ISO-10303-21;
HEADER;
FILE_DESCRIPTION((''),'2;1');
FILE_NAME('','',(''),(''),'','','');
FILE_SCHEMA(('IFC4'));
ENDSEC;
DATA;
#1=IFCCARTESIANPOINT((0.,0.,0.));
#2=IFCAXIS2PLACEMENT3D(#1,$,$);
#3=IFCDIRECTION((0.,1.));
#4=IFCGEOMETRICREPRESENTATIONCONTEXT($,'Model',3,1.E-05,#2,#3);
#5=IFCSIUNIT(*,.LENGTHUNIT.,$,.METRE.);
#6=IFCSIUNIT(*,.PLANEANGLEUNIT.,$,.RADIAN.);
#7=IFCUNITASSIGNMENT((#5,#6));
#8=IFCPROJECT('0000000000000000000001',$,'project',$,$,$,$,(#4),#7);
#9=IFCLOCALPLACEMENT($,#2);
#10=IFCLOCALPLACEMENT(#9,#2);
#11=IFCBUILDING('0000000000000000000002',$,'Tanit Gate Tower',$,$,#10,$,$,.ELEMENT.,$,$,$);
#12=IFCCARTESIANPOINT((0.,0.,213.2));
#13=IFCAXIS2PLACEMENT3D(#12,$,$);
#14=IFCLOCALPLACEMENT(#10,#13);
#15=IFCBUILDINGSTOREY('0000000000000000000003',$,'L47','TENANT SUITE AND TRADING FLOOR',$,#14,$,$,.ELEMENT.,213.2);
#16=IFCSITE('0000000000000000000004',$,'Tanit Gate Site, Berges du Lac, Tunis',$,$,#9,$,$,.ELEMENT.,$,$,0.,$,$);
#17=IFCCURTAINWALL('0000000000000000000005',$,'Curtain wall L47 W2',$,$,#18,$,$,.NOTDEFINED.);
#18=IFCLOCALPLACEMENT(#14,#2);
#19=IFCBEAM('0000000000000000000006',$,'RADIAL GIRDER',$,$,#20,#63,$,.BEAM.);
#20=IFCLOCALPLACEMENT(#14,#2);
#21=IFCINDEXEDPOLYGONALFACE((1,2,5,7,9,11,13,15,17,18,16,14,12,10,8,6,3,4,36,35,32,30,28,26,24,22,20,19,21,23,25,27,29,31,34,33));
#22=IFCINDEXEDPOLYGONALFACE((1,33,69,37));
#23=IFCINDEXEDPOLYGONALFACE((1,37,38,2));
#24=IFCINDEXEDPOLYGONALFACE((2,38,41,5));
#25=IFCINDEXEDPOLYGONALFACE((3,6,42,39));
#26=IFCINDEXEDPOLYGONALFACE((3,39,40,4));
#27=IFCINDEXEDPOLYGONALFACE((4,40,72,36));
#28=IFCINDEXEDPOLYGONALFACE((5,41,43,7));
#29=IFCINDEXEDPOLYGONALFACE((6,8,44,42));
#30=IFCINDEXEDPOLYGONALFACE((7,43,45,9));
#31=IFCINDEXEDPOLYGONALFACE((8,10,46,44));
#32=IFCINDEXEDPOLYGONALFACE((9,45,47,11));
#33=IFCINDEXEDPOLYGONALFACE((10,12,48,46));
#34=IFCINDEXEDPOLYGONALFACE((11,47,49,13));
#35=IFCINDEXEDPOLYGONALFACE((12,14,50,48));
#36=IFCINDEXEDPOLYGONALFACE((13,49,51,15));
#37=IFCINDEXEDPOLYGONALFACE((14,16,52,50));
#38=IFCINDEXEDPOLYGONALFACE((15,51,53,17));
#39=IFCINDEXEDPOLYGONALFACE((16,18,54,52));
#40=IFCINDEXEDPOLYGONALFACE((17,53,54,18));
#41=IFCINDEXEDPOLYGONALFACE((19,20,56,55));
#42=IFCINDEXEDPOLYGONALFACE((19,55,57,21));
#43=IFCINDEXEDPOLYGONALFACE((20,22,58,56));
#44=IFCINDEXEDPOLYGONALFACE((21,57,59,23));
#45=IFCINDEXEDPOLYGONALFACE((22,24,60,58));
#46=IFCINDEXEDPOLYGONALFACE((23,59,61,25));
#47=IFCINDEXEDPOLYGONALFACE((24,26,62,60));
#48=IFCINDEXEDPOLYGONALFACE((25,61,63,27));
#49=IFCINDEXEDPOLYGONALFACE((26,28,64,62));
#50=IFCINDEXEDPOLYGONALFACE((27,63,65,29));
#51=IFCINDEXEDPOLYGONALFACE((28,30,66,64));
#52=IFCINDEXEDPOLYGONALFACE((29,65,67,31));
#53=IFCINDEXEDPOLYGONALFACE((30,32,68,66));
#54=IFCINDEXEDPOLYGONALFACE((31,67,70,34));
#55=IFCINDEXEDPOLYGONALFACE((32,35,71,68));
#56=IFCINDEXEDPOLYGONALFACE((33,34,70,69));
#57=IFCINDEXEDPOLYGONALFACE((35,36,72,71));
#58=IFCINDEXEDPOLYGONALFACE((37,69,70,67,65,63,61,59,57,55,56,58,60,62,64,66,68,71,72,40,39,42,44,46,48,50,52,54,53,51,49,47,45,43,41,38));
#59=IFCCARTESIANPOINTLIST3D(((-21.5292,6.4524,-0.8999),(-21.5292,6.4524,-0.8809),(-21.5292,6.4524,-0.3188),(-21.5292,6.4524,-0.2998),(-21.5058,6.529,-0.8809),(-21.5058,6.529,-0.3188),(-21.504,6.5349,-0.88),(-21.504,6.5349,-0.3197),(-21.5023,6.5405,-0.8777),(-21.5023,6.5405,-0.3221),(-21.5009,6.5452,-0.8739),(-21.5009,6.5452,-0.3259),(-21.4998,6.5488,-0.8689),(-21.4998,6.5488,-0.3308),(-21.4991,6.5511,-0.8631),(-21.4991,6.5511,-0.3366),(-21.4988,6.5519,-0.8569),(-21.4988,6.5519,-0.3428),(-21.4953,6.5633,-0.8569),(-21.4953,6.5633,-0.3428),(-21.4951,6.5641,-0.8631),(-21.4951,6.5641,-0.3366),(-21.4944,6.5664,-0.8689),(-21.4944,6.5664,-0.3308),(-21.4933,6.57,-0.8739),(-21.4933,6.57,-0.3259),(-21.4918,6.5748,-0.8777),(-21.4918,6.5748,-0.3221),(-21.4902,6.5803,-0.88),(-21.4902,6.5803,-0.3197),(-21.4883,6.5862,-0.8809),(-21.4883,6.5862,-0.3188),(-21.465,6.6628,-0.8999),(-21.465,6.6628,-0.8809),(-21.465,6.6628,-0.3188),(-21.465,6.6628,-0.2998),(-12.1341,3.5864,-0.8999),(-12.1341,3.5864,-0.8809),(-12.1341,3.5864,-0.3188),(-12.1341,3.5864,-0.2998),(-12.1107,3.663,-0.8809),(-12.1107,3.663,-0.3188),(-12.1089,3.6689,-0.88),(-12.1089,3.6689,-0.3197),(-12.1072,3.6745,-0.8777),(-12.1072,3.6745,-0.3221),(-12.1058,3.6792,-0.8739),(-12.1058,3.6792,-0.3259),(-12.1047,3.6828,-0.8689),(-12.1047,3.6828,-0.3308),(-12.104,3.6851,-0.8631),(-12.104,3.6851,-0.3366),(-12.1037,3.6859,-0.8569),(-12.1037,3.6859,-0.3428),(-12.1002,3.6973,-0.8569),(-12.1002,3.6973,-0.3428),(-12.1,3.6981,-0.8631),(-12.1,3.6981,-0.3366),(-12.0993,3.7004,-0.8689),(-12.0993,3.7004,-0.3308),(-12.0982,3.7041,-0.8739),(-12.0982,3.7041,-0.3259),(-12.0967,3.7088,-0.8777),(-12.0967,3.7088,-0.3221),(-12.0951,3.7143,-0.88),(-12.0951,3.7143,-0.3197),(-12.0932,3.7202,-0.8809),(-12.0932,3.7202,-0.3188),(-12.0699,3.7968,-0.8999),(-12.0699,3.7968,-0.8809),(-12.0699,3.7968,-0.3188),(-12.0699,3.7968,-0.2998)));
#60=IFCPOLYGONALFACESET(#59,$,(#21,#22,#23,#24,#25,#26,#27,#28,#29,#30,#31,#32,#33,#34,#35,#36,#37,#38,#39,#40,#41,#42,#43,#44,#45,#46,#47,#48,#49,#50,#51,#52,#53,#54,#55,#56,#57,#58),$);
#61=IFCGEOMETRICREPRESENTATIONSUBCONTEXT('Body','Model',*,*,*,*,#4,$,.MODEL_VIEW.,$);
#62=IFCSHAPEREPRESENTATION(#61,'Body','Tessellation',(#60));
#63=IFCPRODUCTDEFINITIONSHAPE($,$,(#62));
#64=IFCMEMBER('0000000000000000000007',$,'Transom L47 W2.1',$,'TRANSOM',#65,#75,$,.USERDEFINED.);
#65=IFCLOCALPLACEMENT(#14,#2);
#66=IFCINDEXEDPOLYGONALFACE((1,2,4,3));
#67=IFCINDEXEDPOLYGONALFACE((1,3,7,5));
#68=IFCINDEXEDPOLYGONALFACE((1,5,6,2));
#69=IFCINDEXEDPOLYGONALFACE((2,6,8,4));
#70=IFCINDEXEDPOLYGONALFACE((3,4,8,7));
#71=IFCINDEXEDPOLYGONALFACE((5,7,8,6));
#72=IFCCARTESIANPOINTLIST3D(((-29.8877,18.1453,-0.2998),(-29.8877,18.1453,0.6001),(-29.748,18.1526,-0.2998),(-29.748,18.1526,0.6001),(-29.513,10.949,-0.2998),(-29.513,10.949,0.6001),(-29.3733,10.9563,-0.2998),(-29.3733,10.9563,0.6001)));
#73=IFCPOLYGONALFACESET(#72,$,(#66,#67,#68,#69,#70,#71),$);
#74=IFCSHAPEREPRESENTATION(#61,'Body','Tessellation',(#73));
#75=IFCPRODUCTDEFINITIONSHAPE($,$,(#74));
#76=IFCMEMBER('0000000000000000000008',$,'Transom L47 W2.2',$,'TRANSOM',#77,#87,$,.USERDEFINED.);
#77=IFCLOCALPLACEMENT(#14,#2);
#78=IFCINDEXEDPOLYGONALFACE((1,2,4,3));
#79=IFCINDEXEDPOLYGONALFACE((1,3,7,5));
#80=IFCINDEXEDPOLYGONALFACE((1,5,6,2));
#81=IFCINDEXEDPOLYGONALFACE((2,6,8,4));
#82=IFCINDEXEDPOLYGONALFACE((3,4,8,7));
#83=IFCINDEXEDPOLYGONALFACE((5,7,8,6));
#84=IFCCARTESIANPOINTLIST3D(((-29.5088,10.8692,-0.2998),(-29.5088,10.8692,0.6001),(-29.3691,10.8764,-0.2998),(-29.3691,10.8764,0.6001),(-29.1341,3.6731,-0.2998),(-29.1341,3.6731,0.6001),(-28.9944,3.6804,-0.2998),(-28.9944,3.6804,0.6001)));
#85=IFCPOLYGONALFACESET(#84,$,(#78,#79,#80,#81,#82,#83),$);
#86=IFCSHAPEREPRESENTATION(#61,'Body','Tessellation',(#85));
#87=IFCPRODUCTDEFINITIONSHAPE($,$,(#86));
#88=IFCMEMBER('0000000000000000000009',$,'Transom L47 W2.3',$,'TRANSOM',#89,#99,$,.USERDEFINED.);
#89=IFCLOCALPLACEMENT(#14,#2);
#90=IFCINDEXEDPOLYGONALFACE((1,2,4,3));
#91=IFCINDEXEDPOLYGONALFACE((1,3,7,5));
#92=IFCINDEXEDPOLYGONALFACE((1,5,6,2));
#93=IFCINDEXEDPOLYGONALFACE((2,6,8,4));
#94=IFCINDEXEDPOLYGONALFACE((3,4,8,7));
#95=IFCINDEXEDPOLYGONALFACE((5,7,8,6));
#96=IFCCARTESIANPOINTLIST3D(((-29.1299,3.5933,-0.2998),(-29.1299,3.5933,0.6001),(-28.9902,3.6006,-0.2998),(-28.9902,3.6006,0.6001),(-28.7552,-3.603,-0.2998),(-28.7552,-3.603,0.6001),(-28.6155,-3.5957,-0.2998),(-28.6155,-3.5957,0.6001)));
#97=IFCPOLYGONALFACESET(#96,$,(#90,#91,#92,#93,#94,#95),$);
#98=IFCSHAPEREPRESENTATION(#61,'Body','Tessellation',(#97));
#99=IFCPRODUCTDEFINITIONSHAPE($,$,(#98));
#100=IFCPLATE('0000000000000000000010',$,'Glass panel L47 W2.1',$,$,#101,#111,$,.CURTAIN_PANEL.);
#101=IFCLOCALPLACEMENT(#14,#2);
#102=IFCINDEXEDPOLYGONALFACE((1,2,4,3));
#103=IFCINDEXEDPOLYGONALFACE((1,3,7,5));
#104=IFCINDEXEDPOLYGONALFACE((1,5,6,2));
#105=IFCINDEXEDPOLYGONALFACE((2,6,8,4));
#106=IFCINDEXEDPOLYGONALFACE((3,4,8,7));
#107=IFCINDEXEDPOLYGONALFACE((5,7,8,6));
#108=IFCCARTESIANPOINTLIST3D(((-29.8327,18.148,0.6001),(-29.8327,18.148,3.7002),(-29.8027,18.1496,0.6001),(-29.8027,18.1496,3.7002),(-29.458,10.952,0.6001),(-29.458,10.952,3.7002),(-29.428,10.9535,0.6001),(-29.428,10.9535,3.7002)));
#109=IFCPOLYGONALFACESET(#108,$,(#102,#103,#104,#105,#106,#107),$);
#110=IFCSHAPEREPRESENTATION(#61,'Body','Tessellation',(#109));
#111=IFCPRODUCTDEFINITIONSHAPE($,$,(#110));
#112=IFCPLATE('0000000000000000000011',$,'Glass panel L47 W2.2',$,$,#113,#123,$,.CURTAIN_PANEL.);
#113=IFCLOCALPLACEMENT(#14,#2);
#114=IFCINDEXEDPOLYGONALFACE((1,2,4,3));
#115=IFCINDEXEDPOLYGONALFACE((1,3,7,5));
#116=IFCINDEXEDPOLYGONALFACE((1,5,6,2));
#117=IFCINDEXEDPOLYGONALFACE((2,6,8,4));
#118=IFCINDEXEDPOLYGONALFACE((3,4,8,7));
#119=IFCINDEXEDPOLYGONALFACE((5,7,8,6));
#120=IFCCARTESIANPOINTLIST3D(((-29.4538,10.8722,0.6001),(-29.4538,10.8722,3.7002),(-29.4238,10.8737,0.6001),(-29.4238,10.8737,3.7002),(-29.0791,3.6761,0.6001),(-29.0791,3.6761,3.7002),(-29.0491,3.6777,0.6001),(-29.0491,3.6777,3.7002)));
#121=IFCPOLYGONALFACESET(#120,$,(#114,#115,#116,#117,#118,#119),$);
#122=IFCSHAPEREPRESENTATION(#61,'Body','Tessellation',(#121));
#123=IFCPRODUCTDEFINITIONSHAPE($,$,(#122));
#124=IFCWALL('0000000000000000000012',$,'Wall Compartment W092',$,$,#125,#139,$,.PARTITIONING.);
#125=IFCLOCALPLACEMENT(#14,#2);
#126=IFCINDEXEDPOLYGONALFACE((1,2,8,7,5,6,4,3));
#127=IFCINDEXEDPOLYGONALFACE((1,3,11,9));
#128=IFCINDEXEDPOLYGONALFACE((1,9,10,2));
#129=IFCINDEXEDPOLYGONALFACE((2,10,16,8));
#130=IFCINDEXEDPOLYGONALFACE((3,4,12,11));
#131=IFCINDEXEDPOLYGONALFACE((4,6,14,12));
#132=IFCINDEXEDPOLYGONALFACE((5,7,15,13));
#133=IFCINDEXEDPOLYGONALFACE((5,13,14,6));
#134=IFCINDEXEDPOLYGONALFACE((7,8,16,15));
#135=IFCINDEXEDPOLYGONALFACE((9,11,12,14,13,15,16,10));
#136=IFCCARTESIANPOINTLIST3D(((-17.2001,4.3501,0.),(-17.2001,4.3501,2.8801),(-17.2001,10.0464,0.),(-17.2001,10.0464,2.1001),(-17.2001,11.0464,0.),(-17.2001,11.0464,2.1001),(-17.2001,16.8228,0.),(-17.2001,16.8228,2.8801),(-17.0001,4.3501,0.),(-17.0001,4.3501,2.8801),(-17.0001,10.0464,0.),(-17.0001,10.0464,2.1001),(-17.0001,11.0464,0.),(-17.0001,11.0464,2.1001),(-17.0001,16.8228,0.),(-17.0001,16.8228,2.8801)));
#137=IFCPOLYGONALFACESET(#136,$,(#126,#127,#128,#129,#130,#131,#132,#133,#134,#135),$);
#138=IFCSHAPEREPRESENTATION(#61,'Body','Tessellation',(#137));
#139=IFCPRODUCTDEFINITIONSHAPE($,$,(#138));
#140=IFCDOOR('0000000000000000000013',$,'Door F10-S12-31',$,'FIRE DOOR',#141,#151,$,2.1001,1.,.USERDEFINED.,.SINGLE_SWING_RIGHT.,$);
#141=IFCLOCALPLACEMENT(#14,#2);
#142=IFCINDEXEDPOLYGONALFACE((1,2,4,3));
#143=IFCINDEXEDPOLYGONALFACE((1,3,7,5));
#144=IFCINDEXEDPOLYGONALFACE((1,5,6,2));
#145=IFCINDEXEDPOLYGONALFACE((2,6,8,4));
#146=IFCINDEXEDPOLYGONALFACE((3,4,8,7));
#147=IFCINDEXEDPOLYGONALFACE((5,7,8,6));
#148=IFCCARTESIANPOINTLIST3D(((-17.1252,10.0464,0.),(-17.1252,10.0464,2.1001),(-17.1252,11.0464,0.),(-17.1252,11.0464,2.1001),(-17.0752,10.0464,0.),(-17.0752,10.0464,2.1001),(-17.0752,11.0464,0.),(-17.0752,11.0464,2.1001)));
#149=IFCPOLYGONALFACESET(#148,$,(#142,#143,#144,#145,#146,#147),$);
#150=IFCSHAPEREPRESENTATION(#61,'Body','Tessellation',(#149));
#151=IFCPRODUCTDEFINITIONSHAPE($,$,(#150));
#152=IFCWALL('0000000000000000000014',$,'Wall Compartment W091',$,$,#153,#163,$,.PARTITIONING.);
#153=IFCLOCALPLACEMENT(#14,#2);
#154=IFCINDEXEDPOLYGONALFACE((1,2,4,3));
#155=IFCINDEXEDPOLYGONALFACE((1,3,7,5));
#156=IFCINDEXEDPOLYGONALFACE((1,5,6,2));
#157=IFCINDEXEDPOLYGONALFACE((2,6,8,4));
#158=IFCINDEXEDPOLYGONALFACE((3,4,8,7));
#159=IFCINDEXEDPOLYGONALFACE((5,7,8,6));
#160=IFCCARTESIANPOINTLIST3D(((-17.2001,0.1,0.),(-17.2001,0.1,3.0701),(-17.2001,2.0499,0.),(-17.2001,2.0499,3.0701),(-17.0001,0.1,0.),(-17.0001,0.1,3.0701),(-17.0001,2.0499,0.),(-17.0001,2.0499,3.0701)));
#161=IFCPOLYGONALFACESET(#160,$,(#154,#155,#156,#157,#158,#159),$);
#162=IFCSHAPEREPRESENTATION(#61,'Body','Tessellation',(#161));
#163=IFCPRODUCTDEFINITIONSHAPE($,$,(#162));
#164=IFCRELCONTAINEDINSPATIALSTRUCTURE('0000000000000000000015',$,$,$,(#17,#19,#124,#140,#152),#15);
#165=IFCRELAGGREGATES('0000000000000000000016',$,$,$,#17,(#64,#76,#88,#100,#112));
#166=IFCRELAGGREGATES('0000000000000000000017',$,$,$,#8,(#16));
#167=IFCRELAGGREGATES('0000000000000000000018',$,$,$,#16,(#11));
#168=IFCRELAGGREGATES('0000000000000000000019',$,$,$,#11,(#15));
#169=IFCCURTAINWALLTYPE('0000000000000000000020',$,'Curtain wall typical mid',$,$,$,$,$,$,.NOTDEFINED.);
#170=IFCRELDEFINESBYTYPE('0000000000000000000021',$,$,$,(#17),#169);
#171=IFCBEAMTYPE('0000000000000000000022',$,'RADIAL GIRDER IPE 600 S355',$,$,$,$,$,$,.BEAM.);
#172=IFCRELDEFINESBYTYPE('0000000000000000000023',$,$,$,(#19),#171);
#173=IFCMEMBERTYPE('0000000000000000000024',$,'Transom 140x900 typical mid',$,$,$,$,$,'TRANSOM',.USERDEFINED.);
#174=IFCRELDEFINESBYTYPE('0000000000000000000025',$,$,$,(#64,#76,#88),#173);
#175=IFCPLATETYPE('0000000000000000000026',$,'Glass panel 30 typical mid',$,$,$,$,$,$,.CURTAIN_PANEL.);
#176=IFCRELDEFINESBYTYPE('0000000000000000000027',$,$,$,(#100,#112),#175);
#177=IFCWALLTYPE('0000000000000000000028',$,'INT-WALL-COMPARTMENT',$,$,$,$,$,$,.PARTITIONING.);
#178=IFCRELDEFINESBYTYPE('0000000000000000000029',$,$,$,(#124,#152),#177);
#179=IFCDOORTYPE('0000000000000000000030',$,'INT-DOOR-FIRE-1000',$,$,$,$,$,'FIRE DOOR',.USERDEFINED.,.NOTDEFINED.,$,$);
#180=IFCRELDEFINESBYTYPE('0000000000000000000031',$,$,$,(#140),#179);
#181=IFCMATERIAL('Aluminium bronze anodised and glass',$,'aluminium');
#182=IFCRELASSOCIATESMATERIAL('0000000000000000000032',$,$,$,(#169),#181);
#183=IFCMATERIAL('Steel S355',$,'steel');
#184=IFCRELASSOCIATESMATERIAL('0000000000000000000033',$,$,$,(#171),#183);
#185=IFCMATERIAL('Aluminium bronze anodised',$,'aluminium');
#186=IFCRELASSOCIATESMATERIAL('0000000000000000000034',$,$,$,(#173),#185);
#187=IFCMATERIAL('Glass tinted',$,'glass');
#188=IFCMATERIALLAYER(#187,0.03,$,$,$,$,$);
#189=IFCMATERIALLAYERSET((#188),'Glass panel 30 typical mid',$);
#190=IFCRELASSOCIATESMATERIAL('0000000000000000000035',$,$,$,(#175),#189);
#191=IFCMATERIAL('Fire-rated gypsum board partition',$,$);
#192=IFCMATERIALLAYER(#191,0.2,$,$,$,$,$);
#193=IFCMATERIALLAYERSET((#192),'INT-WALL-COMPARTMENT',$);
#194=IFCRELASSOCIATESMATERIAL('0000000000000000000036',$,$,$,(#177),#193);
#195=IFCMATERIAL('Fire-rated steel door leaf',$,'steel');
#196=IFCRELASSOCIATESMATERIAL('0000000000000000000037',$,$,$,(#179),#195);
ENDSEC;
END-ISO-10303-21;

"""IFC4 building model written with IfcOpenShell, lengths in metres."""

from ifc_helpers import new_model, si_unit, direction, frame, frame_2d, origin, origin_2d, place, context, subcontext, project, spatial, rectangle, i_section, extrude, material, layer, layer_set, material_profile, profile_set, type_object, element, fill, aggregate, save


model = new_model("IFC4")

# Units and contexts
model_context = context("Model", 3, precision=1e-05, world=origin(), true_north=direction((0.0, 1.0)))
body_context = subcontext(model_context, "Body", "Model", "MODEL_VIEW")
ifc_project = project(units=[si_unit("LENGTHUNIT", "METRE"), si_unit("PLANEANGLEUNIT", "RADIAN")], contexts=[model_context])

# Site, building, storey
site_placement = place(None, origin())
site = spatial("IfcSite", under=ifc_project, at=site_placement, Name="Tanit Gate Site, Berges du Lac, Tunis", CompositionType="ELEMENT", RefElevation=0.0)
building_placement = place(site_placement, origin())
building = spatial("IfcBuilding", under=site, at=building_placement, Name="Tanit Gate Tower", CompositionType="ELEMENT")
storey_placement = place(building_placement, frame((0.0, 0.0, 213.2)))
storey = spatial("IfcBuildingStorey", under=building, at=storey_placement, Name="L47", Description="TENANT SUITE AND TRADING FLOOR", CompositionType="ELEMENT", Elevation=213.2)

# Curtain wall
ifc_material_1 = material(Name="Aluminium bronze anodised and glass", Category="aluminium")
curtain_wall_type = type_object("IfcCurtainWallType", Name="Curtain wall typical mid", PredefinedType="NOTDEFINED", material=ifc_material_1)
curtain_wall_1_placement = place(storey_placement, origin())
curtain_wall_1 = element("IfcCurtainWall", 1, at=curtain_wall_1_placement, inside=storey, type_object=curtain_wall_type, Name="Curtain wall L47 W2", PredefinedType="NOTDEFINED")

# Beam
ifc_material_2 = material(Name="Steel S355", Category="steel")
ifc_material_profile_1 = material_profile(ifc_material_2, i_section(OverallWidth=0.22, OverallDepth=0.6001, WebThickness=0.012, FlangeThickness=0.019, FilletRadius=0.0239, at=origin_2d()), Name="IPE 600")
ifc_profile_set_1 = profile_set([ifc_material_profile_1], Name="Steel S355")
beam_type_1 = type_object("IfcBeamType", Name="RADIAL GIRDER IPE 600 S355", PredefinedType="BEAM", material=ifc_profile_set_1)
beam_1_placement = place(storey_placement, frame((-21.4971, 6.5576, -0.5999), z_axis=(0.956486, -0.291778, 0.0), x_axis=(0.291778, 0.956486, 0.0)))
element("IfcBeam", 2, at=beam_1_placement, inside=storey, type_object=beam_type_1, Name="RADIAL GIRDER", PredefinedType="BEAM", context=body_context, shape_type="SweptSolid", body=[
    extrude(i_section(OverallWidth=0.22, OverallDepth=0.6001, WebThickness=0.012, FlangeThickness=0.019, FilletRadius=0.0239, at=origin_2d()), origin(), (0.0, 0.0, 1.0), 9.8225),
])

# Members
ifc_material_3 = material(Name="Aluminium bronze anodised", Category="aluminium")
ifc_material_profile_2 = material_profile(ifc_material_3, rectangle(XDim=0.1399, YDim=0.8999, at=origin_2d()), Name="140x900 bronze transom")
ifc_profile_set_2 = profile_set([ifc_material_profile_2], Name="Aluminium bronze anodised")
member_type_1 = type_object("IfcMemberType", Name="Transom 140x900 typical mid", ElementType="TRANSOM", PredefinedType="USERDEFINED", material=ifc_profile_set_2)
member_1_placement = place(storey_placement, frame((-29.8179, 18.1489, 0.1501), z_axis=(0.052006, -0.998647, 0.0), x_axis=(0.998647, 0.052006, 0.0)))
member_1 = element("IfcMember", 3, at=member_1_placement, type_object=member_type_1, Name="Transom L47 W2.1", ObjectType="TRANSOM", PredefinedType="USERDEFINED", context=body_context, shape_type="SweptSolid", body=[
    extrude(rectangle(XDim=0.1399, YDim=0.8999, at=origin_2d()), origin(), (0.0, 0.0, 1.0), 7.2061),
])
member_2_placement = place(storey_placement, frame((-29.439, 10.8728, 0.1501), z_axis=(0.052008, -0.998647, 0.0), x_axis=(0.998647, 0.052008, 0.0)))
member_2 = element("IfcMember", 4, at=member_2_placement, type_object=member_type_1, Name="Transom L47 W2.2", ObjectType="TRANSOM", PredefinedType="USERDEFINED", context=body_context, shape_type="SweptSolid", body=[
    extrude(rectangle(XDim=0.1399, YDim=0.8999, at=origin_2d()), origin(), (0.0, 0.0, 1.0), 7.2058),
])
member_3_placement = place(storey_placement, frame((-29.0601, 3.5969, 0.1501), z_axis=(0.052006, -0.998647, 0.0), x_axis=(0.998647, 0.052006, 0.0)))
member_3 = element("IfcMember", 5, at=member_3_placement, type_object=member_type_1, Name="Transom L47 W2.3", ObjectType="TRANSOM", PredefinedType="USERDEFINED", context=body_context, shape_type="SweptSolid", body=[
    extrude(rectangle(XDim=0.1399, YDim=0.8999, at=origin_2d()), origin(), (0.0, 0.0, 1.0), 7.2061),
])

# Plates
ifc_material_4 = material(Name="Glass tinted", Category="glass")
ifc_layer_1 = layer(ifc_material_4, 0.03)
ifc_layer_set_1 = layer_set([ifc_layer_1], Name="Glass panel 30 typical mid")
plate_type = type_object("IfcPlateType", Name="Glass panel 30 typical mid", PredefinedType="CURTAIN_PANEL", material=ifc_layer_set_1)
plate_1_placement = place(storey_placement, frame((-29.6304, 14.5508, 0.6001), z_axis=(0.0, 0.0, 1.0), x_axis=(0.052003, -0.998647, 0.0)))
plate_1 = element("IfcPlate", 6, at=plate_1_placement, type_object=plate_type, Name="Glass panel L47 W2.1", PredefinedType="CURTAIN_PANEL", context=body_context, shape_type="SweptSolid", body=[
    extrude(rectangle(XDim=7.2058, YDim=0.03, at=origin_2d()), origin(), (0.0, 0.0, 1.0), 3.1001),
])
plate_2_placement = place(storey_placement, frame((-29.2515, 7.2749, 0.6001), z_axis=(0.0, 0.0, 1.0), x_axis=(0.052003, -0.998647, 0.0)))
plate_2 = element("IfcPlate", 7, at=plate_2_placement, type_object=plate_type, Name="Glass panel L47 W2.2", PredefinedType="CURTAIN_PANEL", context=body_context, shape_type="SweptSolid", body=[
    extrude(rectangle(XDim=7.2058, YDim=0.03, at=origin_2d()), origin(), (0.0, 0.0, 1.0), 3.1001),
])
aggregate(curtain_wall_1, [member_1, member_2, member_3, plate_1, plate_2])

# Wall, opening, door
ifc_material_5 = material(Name="Fire-rated gypsum board partition")
ifc_layer_2 = layer(ifc_material_5, 0.2)
ifc_layer_set_2 = layer_set([ifc_layer_2], Name="INT-WALL-COMPARTMENT")
wall_type_1 = type_object("IfcWallType", Name="INT-WALL-COMPARTMENT", PredefinedType="PARTITIONING", material=ifc_layer_set_2)
wall_1_placement = place(storey_placement, frame((-17.1001, 16.8228, 0.0), z_axis=(0.0, 0.0, 1.0), x_axis=(0.0, -1.0, 0.0)))
wall_1 = element("IfcWall", 8, at=wall_1_placement, inside=storey, type_object=wall_type_1, Name="Wall Compartment W092", PredefinedType="PARTITIONING", context=body_context, shape_type="SweptSolid", body=[
    extrude(rectangle(XDim=12.4727, YDim=0.2, at=frame_2d((6.2363, 0.0))), origin(), (0.0, 0.0, 1.0), 2.8801),
])
opening_1_placement = place(wall_1_placement, frame((5.7764, 0.0, 0.0)))
opening_1 = element("IfcOpeningElement", 9, at=opening_1_placement, cuts=wall_1, PredefinedType="OPENING", context=body_context, shape_type="SweptSolid", body=[
    extrude(rectangle(XDim=1.0, YDim=2.1001, at=frame_2d((0.5, 1.05))), frame((0.0, 0.1099, 0.0), z_axis=(0.0, -1.0, 0.0), x_axis=(1.0, 0.0, 0.0)), (0.0, 0.0, 1.0), 0.22),
])
ifc_material_6 = material(Name="Fire-rated steel door leaf", Category="steel")
door_type_1 = type_object("IfcDoorType", Name="INT-DOOR-FIRE-1000", ElementType="FIRE DOOR", OperationType="NOTDEFINED", PredefinedType="USERDEFINED", material=ifc_material_6)
door_1_placement = place(opening_1_placement, origin())
door_1 = element("IfcDoor", 10, at=door_1_placement, inside=storey, type_object=door_type_1, Name="Door F10-S12-31", ObjectType="FIRE DOOR", OperationType="SINGLE_SWING_RIGHT", OverallHeight=2.1001, OverallWidth=1.0, PredefinedType="USERDEFINED", context=body_context, shape_type="SweptSolid", body=[
    extrude(rectangle(XDim=1.0, YDim=2.1001, at=frame_2d((0.5, 1.05))), frame((0.0, 0.0249, 0.0), z_axis=(0.0, -1.0, 0.0), x_axis=(1.0, 0.0, 0.0)), (0.0, 0.0, 1.0), 0.05),
])
fill(opening_1, door_1)

# Wall
wall_2_placement = place(storey_placement, frame((-17.1001, 2.05, 0.0), z_axis=(0.0, 0.0, 1.0), x_axis=(0.0, -1.0, 0.0)))
element("IfcWall", 11, at=wall_2_placement, inside=storey, type_object=wall_type_1, Name="Wall Compartment W091", PredefinedType="PARTITIONING", context=body_context, shape_type="SweptSolid", body=[
    extrude(rectangle(XDim=1.95, YDim=0.2, at=frame_2d((0.9751, 0.0))), origin(), (0.0, 0.0, 1.0), 3.0701),
])

save(model, "model.ifc")
